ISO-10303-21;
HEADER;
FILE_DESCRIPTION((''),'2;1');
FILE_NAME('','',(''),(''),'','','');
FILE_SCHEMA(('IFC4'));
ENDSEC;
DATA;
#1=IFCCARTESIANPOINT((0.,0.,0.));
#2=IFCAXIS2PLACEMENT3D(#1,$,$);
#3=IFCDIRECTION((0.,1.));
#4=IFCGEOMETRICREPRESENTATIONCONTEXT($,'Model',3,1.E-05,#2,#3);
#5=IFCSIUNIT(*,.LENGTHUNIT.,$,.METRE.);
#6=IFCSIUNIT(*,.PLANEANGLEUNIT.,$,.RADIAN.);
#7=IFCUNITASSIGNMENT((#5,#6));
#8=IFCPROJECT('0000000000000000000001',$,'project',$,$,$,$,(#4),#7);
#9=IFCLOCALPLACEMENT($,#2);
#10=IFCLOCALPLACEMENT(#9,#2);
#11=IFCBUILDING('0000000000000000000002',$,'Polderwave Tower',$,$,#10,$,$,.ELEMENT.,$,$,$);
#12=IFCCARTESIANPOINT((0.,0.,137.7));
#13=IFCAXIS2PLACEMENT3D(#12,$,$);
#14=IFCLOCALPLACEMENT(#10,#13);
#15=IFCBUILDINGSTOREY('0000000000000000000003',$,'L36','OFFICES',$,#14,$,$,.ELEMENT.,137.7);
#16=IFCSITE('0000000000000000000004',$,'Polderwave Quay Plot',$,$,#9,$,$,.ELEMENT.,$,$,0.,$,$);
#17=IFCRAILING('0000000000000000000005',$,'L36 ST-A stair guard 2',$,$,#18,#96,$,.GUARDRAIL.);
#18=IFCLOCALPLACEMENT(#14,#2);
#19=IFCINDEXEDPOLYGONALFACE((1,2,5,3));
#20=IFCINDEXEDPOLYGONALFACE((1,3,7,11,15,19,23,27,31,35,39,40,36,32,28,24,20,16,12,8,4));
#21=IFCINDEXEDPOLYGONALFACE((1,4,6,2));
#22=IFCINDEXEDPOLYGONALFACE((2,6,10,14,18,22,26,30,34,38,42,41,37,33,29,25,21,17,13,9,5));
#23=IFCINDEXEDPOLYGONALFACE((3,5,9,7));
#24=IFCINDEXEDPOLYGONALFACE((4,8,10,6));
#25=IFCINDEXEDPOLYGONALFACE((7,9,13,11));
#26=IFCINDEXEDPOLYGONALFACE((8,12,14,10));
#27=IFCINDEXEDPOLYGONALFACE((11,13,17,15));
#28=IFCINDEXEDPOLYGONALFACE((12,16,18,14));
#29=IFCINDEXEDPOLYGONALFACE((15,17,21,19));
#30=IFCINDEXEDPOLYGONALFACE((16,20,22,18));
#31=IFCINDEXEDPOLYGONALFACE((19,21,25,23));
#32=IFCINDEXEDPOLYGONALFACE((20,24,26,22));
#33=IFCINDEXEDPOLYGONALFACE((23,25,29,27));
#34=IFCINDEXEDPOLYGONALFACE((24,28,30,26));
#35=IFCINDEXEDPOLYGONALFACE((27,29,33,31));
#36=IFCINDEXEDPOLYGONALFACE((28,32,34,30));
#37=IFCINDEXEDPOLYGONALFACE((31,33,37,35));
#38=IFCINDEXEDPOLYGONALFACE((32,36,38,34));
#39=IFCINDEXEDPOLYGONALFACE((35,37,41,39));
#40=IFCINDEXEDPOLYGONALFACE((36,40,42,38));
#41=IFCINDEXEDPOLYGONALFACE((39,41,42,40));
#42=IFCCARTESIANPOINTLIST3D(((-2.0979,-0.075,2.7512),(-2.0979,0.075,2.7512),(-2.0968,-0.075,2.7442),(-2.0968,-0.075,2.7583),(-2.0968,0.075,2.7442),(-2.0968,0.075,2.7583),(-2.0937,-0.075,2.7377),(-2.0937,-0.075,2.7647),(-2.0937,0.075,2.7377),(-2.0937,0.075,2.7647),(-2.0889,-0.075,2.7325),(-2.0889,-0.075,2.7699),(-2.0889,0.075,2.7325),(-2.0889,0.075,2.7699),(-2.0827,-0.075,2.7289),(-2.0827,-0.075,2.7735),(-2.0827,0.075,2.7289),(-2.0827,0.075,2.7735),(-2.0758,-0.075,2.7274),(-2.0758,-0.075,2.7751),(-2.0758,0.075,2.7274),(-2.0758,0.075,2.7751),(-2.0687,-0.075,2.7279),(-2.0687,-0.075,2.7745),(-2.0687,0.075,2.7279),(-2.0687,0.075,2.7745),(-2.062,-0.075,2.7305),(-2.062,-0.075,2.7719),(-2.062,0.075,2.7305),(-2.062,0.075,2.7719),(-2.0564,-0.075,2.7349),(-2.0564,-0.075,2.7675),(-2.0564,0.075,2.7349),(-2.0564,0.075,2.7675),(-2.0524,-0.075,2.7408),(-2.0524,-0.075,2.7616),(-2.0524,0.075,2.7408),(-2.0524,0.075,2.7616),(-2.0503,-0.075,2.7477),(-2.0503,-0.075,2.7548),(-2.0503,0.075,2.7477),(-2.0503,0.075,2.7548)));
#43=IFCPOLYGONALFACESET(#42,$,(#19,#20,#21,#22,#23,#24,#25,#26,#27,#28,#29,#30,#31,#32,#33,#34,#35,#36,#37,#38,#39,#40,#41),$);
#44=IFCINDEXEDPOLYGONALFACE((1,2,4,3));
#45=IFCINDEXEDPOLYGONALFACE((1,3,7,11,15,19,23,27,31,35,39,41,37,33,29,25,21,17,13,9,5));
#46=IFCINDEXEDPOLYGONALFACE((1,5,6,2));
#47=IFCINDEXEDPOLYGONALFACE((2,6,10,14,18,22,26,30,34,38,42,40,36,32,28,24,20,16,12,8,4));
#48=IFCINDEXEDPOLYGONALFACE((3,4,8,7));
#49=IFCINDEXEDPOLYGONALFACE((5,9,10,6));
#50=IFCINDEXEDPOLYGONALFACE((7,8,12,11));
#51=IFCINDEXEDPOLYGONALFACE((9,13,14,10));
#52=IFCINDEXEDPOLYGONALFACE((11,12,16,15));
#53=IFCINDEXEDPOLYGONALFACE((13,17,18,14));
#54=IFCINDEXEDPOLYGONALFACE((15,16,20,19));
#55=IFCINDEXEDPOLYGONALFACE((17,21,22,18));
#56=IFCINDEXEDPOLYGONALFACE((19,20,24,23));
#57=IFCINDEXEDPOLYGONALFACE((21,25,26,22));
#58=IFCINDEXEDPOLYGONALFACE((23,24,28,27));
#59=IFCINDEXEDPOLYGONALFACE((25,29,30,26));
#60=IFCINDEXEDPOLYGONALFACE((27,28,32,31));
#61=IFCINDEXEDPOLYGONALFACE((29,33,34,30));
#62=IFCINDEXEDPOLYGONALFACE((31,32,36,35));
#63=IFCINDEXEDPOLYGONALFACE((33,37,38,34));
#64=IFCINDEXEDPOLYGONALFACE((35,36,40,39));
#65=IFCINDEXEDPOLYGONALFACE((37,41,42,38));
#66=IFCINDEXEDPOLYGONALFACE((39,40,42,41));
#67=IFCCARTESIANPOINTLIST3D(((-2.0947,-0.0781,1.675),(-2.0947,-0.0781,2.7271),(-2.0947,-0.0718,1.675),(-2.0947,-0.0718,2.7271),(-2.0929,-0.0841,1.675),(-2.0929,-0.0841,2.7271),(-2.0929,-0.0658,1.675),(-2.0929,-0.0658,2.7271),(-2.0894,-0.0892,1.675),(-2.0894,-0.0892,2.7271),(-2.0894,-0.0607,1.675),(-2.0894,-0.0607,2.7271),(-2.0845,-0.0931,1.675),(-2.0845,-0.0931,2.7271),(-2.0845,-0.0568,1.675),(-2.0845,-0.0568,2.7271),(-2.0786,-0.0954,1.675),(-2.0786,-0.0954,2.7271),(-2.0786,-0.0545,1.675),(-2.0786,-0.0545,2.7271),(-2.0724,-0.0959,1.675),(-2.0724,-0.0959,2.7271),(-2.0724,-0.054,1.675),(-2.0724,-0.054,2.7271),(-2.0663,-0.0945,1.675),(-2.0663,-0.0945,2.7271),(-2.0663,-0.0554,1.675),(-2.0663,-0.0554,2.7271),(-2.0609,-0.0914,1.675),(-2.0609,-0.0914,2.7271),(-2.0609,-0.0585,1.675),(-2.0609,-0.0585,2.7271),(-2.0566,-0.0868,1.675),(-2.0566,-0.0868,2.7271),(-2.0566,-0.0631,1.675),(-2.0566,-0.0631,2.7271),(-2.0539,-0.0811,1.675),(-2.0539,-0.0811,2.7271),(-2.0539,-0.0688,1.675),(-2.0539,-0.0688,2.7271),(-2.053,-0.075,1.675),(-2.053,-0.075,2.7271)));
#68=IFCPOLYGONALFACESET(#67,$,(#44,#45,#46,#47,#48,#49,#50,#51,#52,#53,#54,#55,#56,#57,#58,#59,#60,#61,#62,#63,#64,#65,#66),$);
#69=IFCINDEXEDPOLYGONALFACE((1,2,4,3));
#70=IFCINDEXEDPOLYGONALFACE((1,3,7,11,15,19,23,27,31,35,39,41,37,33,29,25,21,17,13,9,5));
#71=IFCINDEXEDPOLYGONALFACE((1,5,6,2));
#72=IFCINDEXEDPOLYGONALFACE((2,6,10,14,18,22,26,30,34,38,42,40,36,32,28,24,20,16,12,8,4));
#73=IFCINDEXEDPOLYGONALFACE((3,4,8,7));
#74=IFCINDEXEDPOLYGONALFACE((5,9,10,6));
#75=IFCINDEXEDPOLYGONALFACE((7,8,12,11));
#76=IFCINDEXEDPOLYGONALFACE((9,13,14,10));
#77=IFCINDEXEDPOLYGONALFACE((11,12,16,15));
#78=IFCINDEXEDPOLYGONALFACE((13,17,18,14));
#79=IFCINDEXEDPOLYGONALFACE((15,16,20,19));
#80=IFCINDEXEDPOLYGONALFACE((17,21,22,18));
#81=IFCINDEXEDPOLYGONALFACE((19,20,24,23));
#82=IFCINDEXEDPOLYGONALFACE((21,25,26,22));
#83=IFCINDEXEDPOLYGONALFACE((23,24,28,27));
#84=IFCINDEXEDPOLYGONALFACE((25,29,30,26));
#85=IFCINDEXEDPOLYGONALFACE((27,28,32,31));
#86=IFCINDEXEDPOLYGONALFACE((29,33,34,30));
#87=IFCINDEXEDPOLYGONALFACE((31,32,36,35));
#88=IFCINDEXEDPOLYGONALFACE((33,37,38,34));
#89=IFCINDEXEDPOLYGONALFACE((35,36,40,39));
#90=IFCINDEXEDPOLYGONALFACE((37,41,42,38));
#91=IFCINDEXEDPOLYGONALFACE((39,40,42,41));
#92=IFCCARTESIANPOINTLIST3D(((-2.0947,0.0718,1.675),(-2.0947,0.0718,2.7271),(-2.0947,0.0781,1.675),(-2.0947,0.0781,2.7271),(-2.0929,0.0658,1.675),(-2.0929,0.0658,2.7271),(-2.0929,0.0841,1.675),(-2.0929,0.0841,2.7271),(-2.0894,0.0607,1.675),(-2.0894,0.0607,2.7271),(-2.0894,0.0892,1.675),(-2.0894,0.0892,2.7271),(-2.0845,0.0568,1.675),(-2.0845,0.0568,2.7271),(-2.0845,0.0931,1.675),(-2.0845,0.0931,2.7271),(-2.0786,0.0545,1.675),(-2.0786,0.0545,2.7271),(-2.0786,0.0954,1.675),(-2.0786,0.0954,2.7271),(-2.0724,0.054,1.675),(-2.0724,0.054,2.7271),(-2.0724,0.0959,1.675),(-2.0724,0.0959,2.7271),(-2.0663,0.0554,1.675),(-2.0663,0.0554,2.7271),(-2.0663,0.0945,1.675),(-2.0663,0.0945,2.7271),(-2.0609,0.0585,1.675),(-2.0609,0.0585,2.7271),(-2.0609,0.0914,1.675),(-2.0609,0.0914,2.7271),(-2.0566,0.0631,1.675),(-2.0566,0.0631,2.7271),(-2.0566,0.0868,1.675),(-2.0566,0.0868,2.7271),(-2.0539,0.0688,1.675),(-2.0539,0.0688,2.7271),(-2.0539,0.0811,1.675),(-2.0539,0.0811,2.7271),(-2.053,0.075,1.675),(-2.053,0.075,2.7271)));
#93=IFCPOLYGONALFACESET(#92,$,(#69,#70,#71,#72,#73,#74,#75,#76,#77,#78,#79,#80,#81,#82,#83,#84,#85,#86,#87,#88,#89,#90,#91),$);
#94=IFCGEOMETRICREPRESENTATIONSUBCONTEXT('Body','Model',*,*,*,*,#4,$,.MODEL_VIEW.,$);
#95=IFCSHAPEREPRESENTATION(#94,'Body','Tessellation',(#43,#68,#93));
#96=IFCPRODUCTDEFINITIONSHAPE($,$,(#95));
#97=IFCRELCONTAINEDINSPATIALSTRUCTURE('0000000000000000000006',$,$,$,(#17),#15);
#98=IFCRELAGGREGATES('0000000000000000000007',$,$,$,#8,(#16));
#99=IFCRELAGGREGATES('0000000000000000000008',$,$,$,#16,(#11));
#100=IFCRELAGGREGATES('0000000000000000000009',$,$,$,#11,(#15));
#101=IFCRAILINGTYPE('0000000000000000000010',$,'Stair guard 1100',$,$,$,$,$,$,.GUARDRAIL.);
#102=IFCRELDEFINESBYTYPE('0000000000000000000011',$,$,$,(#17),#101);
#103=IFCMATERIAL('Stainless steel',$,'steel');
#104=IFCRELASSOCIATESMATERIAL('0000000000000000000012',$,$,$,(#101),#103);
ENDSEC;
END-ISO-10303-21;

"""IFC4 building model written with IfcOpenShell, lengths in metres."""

from ifc_helpers import new_model, si_unit, direction, frame, origin, origin_2d, place, context, subcontext, project, spatial, circle, extrude, material, type_object, element, save


model = new_model("IFC4")

# Units and contexts
model_context = context("Model", 3, precision=1e-05, world=origin(), true_north=direction((0.0, 1.0)))
body_context = subcontext(model_context, "Body", "Model", "MODEL_VIEW")
ifc_project = project(units=[si_unit("LENGTHUNIT", "METRE"), si_unit("PLANEANGLEUNIT", "RADIAN")], contexts=[model_context])

# Site, building, storey
site_placement = place(None, origin())
site = spatial("IfcSite", under=ifc_project, at=site_placement, Name="Polderwave Quay Plot", CompositionType="ELEMENT", RefElevation=0.0)
building_placement = place(site_placement, origin())
building = spatial("IfcBuilding", under=site, at=building_placement, Name="Polderwave Tower", CompositionType="ELEMENT")
storey_placement = place(building_placement, frame((0.0, 0.0, 137.7)))
storey = spatial("IfcBuildingStorey", under=building, at=storey_placement, Name="L36", Description="OFFICES", CompositionType="ELEMENT", Elevation=137.7)

# Railing
ifc_material_1 = material(Name="Stainless steel", Category="steel")
railing_type_1 = type_object("IfcRailingType", Name="Stair guard 1100", PredefinedType="GUARDRAIL", material=ifc_material_1)
railing_1_placement = place(storey_placement, frame((-2.074, -0.075, 1.675)))
element("IfcRailing", 1, at=railing_1_placement, inside=storey, type_object=railing_type_1, Name="L36 ST-A stair guard 2", PredefinedType="GUARDRAIL", context=body_context, shape_type="SweptSolid", body=[
    extrude(circle(Radius=0.0239, at=origin_2d()), frame((0.0, 0.0, 1.0762), z_axis=(0.0, 1.0, 0.0), x_axis=(-1.0, 0.0, 0.0)), (0.0, 0.0, 1.0), 0.1499),
    extrude(circle(Radius=0.021, at=origin_2d()), origin(), (0.0, 0.0, 1.0), 1.052),
    extrude(circle(Radius=0.021, at=origin_2d()), frame((0.0, 0.1499, 0.0)), (0.0, 0.0, 1.0), 1.052),
])

save(model, "model.ifc")
